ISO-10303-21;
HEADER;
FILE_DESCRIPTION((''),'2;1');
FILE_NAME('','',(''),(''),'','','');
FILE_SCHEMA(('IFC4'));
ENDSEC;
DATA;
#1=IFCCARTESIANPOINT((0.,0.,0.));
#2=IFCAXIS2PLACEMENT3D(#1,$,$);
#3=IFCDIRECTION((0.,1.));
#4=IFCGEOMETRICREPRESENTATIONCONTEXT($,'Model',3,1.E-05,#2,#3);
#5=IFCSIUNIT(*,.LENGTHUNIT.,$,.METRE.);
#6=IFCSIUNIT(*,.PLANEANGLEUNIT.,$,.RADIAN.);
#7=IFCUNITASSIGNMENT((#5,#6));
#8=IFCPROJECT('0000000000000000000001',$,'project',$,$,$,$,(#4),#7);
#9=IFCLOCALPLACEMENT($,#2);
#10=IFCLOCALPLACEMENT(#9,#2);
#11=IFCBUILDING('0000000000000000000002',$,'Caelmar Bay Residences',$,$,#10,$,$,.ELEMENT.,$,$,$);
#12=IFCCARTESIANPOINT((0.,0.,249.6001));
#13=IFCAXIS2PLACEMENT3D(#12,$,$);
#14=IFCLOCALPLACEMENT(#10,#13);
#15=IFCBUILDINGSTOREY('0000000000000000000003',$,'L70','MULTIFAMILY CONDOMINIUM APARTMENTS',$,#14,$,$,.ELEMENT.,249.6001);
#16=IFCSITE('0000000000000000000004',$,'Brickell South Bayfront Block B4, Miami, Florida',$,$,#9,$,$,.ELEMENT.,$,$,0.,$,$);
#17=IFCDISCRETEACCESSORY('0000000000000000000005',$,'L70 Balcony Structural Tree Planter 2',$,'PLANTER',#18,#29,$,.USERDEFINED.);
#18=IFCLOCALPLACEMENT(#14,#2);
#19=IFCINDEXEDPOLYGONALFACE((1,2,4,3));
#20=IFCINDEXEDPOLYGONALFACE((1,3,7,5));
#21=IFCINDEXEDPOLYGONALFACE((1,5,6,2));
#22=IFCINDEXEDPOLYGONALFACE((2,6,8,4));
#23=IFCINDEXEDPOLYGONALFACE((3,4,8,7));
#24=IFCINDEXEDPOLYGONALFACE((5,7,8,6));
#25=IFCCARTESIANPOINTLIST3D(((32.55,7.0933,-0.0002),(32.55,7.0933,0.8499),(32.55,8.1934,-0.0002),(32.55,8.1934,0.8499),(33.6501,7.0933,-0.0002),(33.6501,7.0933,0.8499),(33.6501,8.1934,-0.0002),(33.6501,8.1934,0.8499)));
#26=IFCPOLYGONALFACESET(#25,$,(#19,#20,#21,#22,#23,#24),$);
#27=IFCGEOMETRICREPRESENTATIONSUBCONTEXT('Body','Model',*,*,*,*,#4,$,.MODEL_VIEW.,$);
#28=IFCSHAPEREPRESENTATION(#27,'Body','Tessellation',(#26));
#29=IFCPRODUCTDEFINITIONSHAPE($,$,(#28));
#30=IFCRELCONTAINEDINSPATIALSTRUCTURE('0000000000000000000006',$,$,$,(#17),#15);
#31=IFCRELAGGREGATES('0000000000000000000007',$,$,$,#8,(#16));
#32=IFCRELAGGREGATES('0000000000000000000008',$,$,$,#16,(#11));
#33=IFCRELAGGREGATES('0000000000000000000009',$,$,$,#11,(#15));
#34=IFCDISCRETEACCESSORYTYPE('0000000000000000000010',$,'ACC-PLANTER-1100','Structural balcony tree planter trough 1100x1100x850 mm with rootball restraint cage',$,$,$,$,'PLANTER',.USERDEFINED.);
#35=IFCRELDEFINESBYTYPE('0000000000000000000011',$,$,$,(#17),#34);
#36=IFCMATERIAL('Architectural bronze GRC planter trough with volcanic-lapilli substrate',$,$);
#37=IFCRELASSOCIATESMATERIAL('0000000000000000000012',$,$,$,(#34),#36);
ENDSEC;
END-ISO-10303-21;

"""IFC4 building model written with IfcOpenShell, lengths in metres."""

from ifc_helpers import new_model, si_unit, direction, frame, origin, origin_2d, place, context, subcontext, project, spatial, rectangle, extrude, material, type_object, element, save


model = new_model("IFC4")

# Units and contexts
model_context = context("Model", 3, precision=1e-05, world=origin(), true_north=direction((0.0, 1.0)))
body_context = subcontext(model_context, "Body", "Model", "MODEL_VIEW")
ifc_project = project(units=[si_unit("LENGTHUNIT", "METRE"), si_unit("PLANEANGLEUNIT", "RADIAN")], contexts=[model_context])

# Site, building, storey
site_placement = place(None, origin())
site = spatial("IfcSite", under=ifc_project, at=site_placement, Name="Brickell South Bayfront Block B4, Miami, Florida", CompositionType="ELEMENT", RefElevation=0.0)
building_placement = place(site_placement, origin())
building = spatial("IfcBuilding", under=site, at=building_placement, Name="Caelmar Bay Residences", CompositionType="ELEMENT")
storey_placement = place(building_placement, frame((0.0, 0.0, 249.6001)))
storey = spatial("IfcBuildingStorey", under=building, at=storey_placement, Name="L70", Description="MULTIFAMILY CONDOMINIUM APARTMENTS", CompositionType="ELEMENT", Elevation=249.6001)

# Discrete accessory
ifc_material_1 = material(Name="Architectural bronze GRC planter trough with volcanic-lapilli substrate")
discrete_accessory_type = type_object("IfcDiscreteAccessoryType", Name="ACC-PLANTER-1100", Description="Structural balcony tree planter trough 1100x1100x850 mm with rootball restraint cage", ElementType="PLANTER", PredefinedType="USERDEFINED", material=ifc_material_1)
discrete_accessory_placement = place(storey_placement, frame((33.1001, 7.6433, -0.0002), z_axis=(0.0, 0.0, 1.0), x_axis=(1.0, 0.0, 0.0)))
element("IfcDiscreteAccessory", 1, at=discrete_accessory_placement, inside=storey, type_object=discrete_accessory_type, Name="L70 Balcony Structural Tree Planter 2", ObjectType="PLANTER", PredefinedType="USERDEFINED", context=body_context, shape_type="SweptSolid", body=[
    extrude(rectangle(XDim=1.1001, YDim=1.1001, at=origin_2d()), origin(), (0.0, 0.0, 1.0), 0.8501),
])

save(model, "model.ifc")
